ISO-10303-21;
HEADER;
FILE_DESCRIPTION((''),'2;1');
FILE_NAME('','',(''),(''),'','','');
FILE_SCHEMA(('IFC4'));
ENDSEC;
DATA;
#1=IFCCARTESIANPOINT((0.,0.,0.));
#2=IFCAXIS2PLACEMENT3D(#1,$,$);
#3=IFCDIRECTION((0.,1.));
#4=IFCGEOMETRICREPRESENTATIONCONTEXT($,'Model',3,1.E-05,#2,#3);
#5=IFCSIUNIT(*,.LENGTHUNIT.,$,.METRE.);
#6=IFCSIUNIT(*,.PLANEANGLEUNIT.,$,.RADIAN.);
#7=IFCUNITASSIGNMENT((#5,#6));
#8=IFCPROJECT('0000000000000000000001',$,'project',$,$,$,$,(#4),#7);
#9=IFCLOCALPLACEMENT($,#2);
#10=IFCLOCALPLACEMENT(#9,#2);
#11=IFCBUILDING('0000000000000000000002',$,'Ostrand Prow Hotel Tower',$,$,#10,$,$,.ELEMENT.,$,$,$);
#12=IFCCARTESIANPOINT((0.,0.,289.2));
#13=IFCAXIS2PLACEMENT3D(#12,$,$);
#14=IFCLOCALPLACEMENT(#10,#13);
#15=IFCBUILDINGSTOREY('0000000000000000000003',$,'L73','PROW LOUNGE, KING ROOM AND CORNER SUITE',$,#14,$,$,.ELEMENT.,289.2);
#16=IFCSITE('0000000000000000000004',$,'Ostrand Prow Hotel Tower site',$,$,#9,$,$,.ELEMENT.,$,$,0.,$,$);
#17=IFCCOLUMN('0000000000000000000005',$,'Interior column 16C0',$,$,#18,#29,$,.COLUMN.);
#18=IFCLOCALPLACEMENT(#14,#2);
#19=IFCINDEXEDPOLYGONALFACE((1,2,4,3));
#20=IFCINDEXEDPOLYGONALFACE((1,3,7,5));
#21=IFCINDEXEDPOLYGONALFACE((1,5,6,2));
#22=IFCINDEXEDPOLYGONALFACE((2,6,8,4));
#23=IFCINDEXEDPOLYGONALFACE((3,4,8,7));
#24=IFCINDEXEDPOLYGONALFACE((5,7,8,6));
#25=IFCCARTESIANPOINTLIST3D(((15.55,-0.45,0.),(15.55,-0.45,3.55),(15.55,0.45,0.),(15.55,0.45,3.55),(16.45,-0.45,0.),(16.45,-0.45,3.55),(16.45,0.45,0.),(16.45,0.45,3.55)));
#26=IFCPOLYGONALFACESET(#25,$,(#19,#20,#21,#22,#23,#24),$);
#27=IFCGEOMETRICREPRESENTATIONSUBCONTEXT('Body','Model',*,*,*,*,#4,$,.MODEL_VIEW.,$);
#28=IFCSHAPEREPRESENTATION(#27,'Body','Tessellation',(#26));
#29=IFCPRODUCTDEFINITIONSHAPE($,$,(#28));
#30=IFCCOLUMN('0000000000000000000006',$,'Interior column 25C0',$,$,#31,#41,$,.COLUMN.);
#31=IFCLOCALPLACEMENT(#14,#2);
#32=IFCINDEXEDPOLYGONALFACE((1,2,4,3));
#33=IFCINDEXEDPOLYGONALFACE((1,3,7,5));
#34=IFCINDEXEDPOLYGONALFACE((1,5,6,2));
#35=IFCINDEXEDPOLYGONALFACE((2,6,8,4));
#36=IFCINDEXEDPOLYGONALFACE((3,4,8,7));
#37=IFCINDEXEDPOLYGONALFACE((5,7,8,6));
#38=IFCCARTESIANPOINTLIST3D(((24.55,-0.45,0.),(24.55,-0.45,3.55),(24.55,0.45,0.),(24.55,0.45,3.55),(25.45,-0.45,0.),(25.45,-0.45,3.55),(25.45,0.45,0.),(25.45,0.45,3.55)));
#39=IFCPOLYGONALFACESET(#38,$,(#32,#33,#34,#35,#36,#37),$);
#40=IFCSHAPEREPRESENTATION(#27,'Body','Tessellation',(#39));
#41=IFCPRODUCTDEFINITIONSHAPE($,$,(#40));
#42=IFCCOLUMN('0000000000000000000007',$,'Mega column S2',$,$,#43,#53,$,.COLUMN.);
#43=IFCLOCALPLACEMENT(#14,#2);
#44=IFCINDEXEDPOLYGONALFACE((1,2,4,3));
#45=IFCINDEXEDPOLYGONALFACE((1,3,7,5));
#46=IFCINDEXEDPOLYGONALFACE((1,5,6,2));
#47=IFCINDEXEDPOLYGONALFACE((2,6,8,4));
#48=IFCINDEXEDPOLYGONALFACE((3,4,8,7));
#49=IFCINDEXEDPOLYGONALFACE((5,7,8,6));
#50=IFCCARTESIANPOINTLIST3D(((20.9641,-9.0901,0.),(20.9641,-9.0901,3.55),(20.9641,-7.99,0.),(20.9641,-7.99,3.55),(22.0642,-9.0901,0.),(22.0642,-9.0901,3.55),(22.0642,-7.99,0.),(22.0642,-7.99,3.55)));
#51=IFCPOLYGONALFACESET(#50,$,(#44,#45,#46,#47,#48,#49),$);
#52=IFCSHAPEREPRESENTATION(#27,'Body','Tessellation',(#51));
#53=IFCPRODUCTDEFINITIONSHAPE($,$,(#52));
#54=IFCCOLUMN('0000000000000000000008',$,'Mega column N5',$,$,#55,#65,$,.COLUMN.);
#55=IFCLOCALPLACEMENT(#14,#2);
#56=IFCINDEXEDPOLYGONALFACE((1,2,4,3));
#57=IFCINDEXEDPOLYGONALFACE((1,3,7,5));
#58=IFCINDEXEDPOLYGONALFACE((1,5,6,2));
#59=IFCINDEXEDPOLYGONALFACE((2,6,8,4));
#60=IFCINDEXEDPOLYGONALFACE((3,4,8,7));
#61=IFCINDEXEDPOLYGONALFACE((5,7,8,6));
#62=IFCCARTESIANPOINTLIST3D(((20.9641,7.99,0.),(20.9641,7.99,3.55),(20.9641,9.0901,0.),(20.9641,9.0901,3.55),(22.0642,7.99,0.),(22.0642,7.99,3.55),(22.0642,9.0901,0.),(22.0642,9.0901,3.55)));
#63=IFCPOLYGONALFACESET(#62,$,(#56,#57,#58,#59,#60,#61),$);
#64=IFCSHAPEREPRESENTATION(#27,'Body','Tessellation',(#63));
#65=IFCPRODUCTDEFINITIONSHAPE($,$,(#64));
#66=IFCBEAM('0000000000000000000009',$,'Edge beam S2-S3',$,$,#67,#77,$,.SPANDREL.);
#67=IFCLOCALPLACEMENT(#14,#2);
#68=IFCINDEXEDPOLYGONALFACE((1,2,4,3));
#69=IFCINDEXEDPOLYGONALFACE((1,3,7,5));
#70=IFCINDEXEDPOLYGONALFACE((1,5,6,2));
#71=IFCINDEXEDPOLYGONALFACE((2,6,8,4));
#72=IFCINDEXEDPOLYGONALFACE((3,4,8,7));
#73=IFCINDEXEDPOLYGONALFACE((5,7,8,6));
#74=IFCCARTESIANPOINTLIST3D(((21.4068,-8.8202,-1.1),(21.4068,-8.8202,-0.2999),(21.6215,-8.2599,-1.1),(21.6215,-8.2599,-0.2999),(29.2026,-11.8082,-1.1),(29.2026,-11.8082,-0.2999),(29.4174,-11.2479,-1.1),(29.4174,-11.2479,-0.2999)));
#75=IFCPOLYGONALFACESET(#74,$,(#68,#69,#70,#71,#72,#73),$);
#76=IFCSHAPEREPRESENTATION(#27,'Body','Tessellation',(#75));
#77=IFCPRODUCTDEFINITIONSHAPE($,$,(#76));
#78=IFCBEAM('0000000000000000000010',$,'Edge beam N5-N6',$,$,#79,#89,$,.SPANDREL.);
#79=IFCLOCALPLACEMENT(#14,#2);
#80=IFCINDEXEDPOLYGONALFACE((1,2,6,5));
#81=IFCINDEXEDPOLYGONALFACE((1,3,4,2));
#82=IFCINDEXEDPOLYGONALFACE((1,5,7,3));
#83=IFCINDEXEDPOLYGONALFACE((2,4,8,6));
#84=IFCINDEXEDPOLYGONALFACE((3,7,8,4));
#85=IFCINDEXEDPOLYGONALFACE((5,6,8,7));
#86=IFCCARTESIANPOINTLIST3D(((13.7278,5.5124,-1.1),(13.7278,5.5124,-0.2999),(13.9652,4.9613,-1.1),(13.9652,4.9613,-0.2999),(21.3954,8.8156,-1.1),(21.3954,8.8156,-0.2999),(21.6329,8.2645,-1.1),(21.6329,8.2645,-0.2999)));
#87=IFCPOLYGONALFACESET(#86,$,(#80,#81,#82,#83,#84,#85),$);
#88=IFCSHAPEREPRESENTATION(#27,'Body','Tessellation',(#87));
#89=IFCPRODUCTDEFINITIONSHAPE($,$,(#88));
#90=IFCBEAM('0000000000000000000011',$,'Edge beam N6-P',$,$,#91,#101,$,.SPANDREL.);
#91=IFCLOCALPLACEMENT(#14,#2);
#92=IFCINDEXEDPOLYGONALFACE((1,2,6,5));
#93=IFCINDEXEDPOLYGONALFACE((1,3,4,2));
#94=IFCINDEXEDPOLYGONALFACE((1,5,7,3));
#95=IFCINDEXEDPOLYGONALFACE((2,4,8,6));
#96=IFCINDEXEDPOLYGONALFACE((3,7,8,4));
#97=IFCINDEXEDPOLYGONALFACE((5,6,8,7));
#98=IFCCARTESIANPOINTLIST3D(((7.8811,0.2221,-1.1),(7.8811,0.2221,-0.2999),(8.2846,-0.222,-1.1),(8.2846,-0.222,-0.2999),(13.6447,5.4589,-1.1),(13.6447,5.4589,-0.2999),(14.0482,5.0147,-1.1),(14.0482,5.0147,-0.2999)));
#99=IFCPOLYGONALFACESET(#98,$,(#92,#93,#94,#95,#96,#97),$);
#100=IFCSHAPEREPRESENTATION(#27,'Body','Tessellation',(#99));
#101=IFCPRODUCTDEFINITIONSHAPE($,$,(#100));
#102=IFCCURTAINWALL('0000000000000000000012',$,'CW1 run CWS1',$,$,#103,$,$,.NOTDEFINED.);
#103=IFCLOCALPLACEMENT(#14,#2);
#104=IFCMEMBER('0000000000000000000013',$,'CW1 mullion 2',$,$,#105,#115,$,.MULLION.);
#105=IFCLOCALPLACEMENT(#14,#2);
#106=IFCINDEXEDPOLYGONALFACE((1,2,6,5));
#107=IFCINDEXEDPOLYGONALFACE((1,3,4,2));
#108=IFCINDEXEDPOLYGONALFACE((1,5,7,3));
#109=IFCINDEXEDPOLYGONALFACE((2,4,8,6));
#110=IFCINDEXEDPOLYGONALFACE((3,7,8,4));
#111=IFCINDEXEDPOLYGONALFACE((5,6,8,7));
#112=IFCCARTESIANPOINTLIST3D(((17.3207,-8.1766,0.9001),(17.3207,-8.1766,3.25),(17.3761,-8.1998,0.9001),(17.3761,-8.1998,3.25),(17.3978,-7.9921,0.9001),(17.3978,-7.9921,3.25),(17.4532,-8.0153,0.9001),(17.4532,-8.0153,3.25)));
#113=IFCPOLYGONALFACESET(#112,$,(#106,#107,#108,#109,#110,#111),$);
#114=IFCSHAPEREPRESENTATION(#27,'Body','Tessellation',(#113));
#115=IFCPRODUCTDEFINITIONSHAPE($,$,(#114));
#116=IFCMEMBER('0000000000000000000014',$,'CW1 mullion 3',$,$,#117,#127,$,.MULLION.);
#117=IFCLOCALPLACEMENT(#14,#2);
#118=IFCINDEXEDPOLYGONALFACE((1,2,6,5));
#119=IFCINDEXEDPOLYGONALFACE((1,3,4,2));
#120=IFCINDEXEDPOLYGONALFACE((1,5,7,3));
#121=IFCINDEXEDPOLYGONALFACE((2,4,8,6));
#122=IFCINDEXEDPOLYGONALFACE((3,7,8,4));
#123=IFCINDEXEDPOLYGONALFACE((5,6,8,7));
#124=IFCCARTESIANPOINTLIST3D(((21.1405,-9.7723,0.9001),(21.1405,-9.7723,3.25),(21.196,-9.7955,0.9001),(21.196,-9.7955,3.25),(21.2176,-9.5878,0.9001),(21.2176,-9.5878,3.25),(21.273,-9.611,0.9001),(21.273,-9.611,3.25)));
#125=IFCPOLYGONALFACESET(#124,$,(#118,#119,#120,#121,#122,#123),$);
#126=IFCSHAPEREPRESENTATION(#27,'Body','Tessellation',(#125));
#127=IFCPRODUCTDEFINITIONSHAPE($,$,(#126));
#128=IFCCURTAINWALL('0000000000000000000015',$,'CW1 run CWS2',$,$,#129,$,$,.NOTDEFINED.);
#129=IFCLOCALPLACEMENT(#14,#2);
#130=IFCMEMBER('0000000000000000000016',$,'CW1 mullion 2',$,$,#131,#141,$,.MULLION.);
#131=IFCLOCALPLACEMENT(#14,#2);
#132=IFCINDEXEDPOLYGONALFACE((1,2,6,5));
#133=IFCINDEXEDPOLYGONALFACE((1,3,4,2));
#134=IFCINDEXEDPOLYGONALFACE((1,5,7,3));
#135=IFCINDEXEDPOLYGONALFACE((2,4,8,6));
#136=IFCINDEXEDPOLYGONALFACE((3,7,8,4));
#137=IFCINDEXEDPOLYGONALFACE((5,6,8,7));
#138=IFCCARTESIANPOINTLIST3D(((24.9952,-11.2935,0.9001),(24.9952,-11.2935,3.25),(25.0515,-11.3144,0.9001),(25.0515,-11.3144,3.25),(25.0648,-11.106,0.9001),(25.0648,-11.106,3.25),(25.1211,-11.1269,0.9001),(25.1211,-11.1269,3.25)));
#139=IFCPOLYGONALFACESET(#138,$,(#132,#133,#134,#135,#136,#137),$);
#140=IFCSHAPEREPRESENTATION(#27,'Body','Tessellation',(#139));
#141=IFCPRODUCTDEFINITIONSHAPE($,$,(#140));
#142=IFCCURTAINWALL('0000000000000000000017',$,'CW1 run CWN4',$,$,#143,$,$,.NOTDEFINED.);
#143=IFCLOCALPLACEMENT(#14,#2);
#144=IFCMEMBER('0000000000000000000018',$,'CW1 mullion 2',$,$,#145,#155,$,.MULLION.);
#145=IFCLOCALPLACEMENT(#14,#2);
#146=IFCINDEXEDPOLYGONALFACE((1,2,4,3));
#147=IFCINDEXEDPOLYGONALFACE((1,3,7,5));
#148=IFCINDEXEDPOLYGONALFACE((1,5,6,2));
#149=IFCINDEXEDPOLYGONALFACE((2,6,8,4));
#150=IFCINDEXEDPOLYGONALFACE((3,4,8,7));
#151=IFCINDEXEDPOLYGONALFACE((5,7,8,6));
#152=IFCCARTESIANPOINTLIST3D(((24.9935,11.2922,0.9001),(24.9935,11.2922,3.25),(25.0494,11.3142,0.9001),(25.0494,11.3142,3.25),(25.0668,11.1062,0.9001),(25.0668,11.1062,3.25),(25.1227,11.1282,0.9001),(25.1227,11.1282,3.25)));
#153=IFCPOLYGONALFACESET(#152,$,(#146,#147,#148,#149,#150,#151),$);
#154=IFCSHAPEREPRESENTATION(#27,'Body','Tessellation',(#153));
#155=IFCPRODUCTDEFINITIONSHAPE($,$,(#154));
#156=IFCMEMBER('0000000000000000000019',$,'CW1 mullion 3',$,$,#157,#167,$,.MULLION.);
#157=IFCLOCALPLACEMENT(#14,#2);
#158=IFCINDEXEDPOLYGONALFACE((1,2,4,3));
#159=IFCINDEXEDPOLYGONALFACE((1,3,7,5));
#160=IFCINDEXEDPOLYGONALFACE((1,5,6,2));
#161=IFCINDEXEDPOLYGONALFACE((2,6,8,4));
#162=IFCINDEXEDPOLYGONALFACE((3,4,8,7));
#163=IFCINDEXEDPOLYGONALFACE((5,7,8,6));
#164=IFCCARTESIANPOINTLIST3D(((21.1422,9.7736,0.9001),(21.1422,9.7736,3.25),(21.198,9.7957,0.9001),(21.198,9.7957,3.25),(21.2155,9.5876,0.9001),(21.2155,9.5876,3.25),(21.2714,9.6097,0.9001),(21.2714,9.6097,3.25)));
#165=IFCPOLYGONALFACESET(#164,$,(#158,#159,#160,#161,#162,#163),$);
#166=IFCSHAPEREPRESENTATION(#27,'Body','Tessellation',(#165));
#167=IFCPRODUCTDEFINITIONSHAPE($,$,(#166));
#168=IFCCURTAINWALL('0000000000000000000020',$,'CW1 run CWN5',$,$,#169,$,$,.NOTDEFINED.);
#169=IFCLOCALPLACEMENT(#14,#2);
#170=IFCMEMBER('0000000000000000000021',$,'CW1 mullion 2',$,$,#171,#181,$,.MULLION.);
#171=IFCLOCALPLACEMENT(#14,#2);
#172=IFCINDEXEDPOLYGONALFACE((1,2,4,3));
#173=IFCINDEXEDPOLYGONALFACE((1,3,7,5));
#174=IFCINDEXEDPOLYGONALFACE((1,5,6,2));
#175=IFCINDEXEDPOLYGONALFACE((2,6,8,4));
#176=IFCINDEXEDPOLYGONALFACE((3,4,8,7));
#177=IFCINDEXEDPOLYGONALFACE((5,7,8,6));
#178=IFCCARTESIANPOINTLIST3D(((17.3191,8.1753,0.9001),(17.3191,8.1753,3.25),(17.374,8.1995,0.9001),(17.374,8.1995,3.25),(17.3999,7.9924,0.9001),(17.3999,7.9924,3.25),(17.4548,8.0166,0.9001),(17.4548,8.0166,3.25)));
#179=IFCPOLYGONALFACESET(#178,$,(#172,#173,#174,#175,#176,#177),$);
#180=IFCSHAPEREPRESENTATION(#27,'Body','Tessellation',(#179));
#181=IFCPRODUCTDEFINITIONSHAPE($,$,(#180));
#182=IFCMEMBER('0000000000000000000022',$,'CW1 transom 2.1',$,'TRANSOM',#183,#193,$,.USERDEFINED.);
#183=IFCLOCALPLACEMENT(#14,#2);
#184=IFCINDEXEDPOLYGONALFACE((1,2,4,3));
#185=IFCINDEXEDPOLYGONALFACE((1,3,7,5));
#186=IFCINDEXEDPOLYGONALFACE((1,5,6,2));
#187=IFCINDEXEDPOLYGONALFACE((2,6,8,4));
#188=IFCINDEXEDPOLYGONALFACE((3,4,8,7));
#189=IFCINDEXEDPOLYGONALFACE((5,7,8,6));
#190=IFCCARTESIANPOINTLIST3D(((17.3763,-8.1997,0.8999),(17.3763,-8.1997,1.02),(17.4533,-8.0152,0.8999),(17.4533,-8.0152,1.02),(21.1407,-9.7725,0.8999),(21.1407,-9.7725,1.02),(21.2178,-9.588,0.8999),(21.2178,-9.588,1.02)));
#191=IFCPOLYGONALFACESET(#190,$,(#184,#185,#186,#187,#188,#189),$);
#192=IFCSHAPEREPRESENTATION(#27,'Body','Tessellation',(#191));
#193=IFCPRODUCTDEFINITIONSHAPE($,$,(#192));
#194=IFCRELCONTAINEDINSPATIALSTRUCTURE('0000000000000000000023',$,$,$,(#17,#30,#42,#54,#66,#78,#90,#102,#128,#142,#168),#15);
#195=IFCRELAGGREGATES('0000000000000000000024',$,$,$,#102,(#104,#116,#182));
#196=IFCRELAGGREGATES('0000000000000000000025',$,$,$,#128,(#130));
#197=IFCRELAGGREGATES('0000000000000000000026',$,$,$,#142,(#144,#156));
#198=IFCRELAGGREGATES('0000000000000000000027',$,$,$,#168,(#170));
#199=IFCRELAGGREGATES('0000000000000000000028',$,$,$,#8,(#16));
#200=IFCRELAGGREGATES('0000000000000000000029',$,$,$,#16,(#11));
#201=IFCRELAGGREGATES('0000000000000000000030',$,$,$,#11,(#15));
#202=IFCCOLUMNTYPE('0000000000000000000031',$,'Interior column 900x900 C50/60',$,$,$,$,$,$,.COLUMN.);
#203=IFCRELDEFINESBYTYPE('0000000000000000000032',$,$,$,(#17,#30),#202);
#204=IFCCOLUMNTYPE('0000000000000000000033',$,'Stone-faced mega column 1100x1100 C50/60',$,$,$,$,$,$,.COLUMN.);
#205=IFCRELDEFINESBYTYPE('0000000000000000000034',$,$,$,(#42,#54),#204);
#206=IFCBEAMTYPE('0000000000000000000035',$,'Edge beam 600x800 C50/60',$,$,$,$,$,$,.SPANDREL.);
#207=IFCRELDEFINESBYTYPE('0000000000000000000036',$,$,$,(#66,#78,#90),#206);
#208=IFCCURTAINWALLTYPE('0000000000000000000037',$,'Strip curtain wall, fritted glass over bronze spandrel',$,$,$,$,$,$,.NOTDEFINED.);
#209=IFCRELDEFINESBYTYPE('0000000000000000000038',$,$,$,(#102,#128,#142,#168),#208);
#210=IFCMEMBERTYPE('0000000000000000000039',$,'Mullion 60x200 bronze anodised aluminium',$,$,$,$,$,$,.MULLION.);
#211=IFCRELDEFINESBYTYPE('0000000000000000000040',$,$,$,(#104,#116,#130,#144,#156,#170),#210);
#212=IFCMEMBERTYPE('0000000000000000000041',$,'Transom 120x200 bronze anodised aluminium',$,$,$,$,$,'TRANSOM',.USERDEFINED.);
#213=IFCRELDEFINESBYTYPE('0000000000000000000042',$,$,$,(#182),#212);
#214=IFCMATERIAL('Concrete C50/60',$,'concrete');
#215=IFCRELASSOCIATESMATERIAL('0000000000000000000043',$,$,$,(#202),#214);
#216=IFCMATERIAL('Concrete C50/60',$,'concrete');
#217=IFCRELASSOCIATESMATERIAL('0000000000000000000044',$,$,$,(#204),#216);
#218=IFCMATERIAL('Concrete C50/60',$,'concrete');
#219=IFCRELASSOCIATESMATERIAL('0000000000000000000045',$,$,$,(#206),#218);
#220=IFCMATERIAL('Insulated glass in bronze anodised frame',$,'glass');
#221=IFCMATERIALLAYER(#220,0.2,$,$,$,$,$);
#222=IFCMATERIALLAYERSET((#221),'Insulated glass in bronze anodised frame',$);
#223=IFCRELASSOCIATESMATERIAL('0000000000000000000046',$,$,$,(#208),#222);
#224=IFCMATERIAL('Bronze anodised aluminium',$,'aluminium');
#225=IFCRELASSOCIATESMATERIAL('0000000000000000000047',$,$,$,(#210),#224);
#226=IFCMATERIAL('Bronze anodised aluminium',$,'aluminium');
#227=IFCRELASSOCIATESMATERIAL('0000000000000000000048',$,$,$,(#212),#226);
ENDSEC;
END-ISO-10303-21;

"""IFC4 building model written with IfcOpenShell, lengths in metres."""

from ifc_helpers import new_model, si_unit, direction, frame, origin, origin_2d, place, context, subcontext, project, spatial, rectangle, extrude, material, layer, layer_set, material_profile, profile_set, type_object, element, aggregate, save


model = new_model("IFC4")

# Units and contexts
model_context = context("Model", 3, precision=1e-05, world=origin(), true_north=direction((0.0, 1.0)))
body_context = subcontext(model_context, "Body", "Model", "MODEL_VIEW")
ifc_project = project(units=[si_unit("LENGTHUNIT", "METRE"), si_unit("PLANEANGLEUNIT", "RADIAN")], contexts=[model_context])

# Site, building, storey
site_placement = place(None, origin())
site = spatial("IfcSite", under=ifc_project, at=site_placement, Name="Ostrand Prow Hotel Tower site", CompositionType="ELEMENT", RefElevation=0.0)
building_placement = place(site_placement, origin())
building = spatial("IfcBuilding", under=site, at=building_placement, Name="Ostrand Prow Hotel Tower", CompositionType="ELEMENT")
storey_placement = place(building_placement, frame((0.0, 0.0, 289.2)))
storey = spatial("IfcBuildingStorey", under=building, at=storey_placement, Name="L73", Description="PROW LOUNGE, KING ROOM AND CORNER SUITE", CompositionType="ELEMENT", Elevation=289.2)

# Columns
ifc_material_1 = material(Name="Concrete C50/60", Category="concrete")
ifc_material_profile_1 = material_profile(ifc_material_1, rectangle(XDim=0.8999, YDim=0.8999, at=origin_2d()), Name="RC 900x900")
ifc_profile_set_1 = profile_set([ifc_material_profile_1], Name="Concrete C50/60")
column_type_1 = type_object("IfcColumnType", Name="Interior column 900x900 C50/60", PredefinedType="COLUMN", material=ifc_profile_set_1)
for number, where, z_axis, x_axis, name in (
    (1, (16.0, 0.0, 0.0), (0.0, 0.0, 1.0), (1.0, 0.0, 0.0), "Interior column 16C0"),
    (2, (25.0, 0.0, 0.0), (0.0, 0.0, 1.0), (1.0, 0.0, 0.0), "Interior column 25C0"),
):
    element("IfcColumn", number, at=place(storey_placement, frame(where, z_axis=z_axis, x_axis=x_axis)), inside=storey, type_object=column_type_1, Name=name, PredefinedType="COLUMN", context=body_context, shape_type="SweptSolid", body=[
        extrude(rectangle(XDim=0.8999, YDim=0.8999, at=origin_2d()), origin(), (0.0, 0.0, 1.0), 3.55),
    ])
ifc_material_2 = material(Name="Concrete C50/60", Category="concrete")
ifc_material_profile_2 = material_profile(ifc_material_2, rectangle(XDim=1.1001, YDim=1.1001, at=origin_2d()), Name="RC 1100x1100")
ifc_profile_set_2 = profile_set([ifc_material_profile_2], Name="Concrete C50/60")
column_type_2 = type_object("IfcColumnType", Name="Stone-faced mega column 1100x1100 C50/60", PredefinedType="COLUMN", material=ifc_profile_set_2)
for number, where, z_axis, x_axis, name in (
    (3, (21.5142, -8.54, 0.0), (0.0, 0.0, 1.0), (1.0, 0.0, 0.0), "Mega column S2"),
    (4, (21.5142, 8.54, 0.0), (0.0, 0.0, 1.0), (1.0, 0.0, 0.0), "Mega column N5"),
):
    element("IfcColumn", number, at=place(storey_placement, frame(where, z_axis=z_axis, x_axis=x_axis)), inside=storey, type_object=column_type_2, Name=name, PredefinedType="COLUMN", context=body_context, shape_type="SweptSolid", body=[
        extrude(rectangle(XDim=1.1001, YDim=1.1001, at=origin_2d()), origin(), (0.0, 0.0, 1.0), 3.55),
    ])

# Beams
ifc_material_3 = material(Name="Concrete C50/60", Category="concrete")
ifc_material_profile_3 = material_profile(ifc_material_3, rectangle(XDim=0.6001, YDim=0.8, at=origin_2d()), Name="RC 600x800")
ifc_profile_set_3 = profile_set([ifc_material_profile_3], Name="Concrete C50/60")
beam_type = type_object("IfcBeamType", Name="Edge beam 600x800 C50/60", PredefinedType="SPANDREL", material=ifc_profile_set_3)
for number, where, z_axis, x_axis, name in (
    (5, (21.5142, -8.54, -0.7), (0.933762, -0.357895, 0.0), (0.357895, 0.933762, 0.0), "Edge beam S2-S3"),
    (6, (21.5142, 8.54, -0.7), (-0.918404, -0.395644, 0.0), (0.395644, -0.918404, 0.0), "Edge beam N5-N6"),
):
    element("IfcBeam", number, at=place(storey_placement, frame(where, z_axis=z_axis, x_axis=x_axis)), inside=storey, type_object=beam_type, Name=name, PredefinedType="SPANDREL", context=body_context, shape_type="SweptSolid", body=[
        extrude(rectangle(XDim=0.6001, YDim=0.8, at=origin_2d()), origin(), (0.0, 0.0, 1.0), 8.3489),
    ])
beam_placement = place(storey_placement, frame((13.8464, 5.2368, -0.7), z_axis=(-0.740124, -0.67247, 0.0), x_axis=(0.67247, -0.740124, 0.0)))
element("IfcBeam", 7, at=beam_placement, inside=storey, type_object=beam_type, Name="Edge beam N6-P", PredefinedType="SPANDREL", context=body_context, shape_type="SweptSolid", body=[
    extrude(rectangle(XDim=0.6001, YDim=0.8, at=origin_2d()), origin(), (0.0, 0.0, 1.0), 7.7874),
])

# Curtain wall, members
ifc_material_4 = material(Name="Insulated glass in bronze anodised frame", Category="glass")
ifc_layer_1 = layer(ifc_material_4, 0.2)
ifc_layer_set_1 = layer_set([ifc_layer_1], Name="Insulated glass in bronze anodised frame")
curtain_wall_type = type_object("IfcCurtainWallType", Name="Strip curtain wall, fritted glass over bronze spandrel", PredefinedType="NOTDEFINED", material=ifc_layer_set_1)
curtain_wall_1_placement = place(storey_placement, origin())
curtain_wall_1 = element("IfcCurtainWall", 8, at=curtain_wall_1_placement, inside=storey, type_object=curtain_wall_type, Name="CW1 run CWS1", PredefinedType="NOTDEFINED")
ifc_material_5 = material(Name="Bronze anodised aluminium", Category="aluminium")
ifc_material_profile_4 = material_profile(ifc_material_5, rectangle(XDim=0.2, YDim=0.0601, at=origin_2d()), Name="Mullion 60x200 bronze anodised aluminium")
ifc_profile_set_4 = profile_set([ifc_material_profile_4], Name="Bronze anodised aluminium")
member_type_1 = type_object("IfcMemberType", Name="Mullion 60x200 bronze anodised aluminium", PredefinedType="MULLION", material=ifc_profile_set_4)
member_1_placement = place(storey_placement, frame((17.387, -8.0959, 0.9001), z_axis=(0.0, 0.0, 1.0), x_axis=(0.385471, 0.92272, 0.0)))
member_1 = element("IfcMember", 9, at=member_1_placement, type_object=member_type_1, Name="CW1 mullion 2", PredefinedType="MULLION", context=body_context, shape_type="SweptSolid", body=[
    extrude(rectangle(XDim=0.2, YDim=0.0601, at=origin_2d()), origin(), (0.0, 0.0, 1.0), 2.3499),
])
member_2_placement = place(storey_placement, frame((21.2068, -9.6917, 0.9001), z_axis=(0.0, 0.0, 1.0), x_axis=(0.385471, 0.92272, 0.0)))
member_2 = element("IfcMember", 10, at=member_2_placement, type_object=member_type_1, Name="CW1 mullion 3", PredefinedType="MULLION", context=body_context, shape_type="SweptSolid", body=[
    extrude(rectangle(XDim=0.2, YDim=0.0601, at=origin_2d()), origin(), (0.0, 0.0, 1.0), 2.3499),
])

# Curtain wall, member
curtain_wall_2_placement = place(storey_placement, origin())
curtain_wall_2 = element("IfcCurtainWall", 11, at=curtain_wall_2_placement, inside=storey, type_object=curtain_wall_type, Name="CW1 run CWS2", PredefinedType="NOTDEFINED")
member_3_placement = place(storey_placement, frame((25.0581, -11.2102, 0.9001), z_axis=(0.0, 0.0, 1.0), x_axis=(0.348071, 0.937468, 0.0)))
member_3 = element("IfcMember", 12, at=member_3_placement, type_object=member_type_1, Name="CW1 mullion 2", PredefinedType="MULLION", context=body_context, shape_type="SweptSolid", body=[
    extrude(rectangle(XDim=0.2, YDim=0.0601, at=origin_2d()), origin(), (0.0, 0.0, 1.0), 2.3499),
])

# Curtain wall, members
curtain_wall_3_placement = place(storey_placement, origin())
curtain_wall_3 = element("IfcCurtainWall", 13, at=curtain_wall_3_placement, inside=storey, type_object=curtain_wall_type, Name="CW1 run CWN4", PredefinedType="NOTDEFINED")
member_4_placement = place(storey_placement, frame((25.0581, 11.2102, 0.9001), z_axis=(0.0, 0.0, 1.0), x_axis=(0.366845, -0.930282, 0.0)))
member_4 = element("IfcMember", 14, at=member_4_placement, type_object=member_type_1, Name="CW1 mullion 2", PredefinedType="MULLION", context=body_context, shape_type="SweptSolid", body=[
    extrude(rectangle(XDim=0.2, YDim=0.0601, at=origin_2d()), origin(), (0.0, 0.0, 1.0), 2.3499),
])
member_5_placement = place(storey_placement, frame((21.2068, 9.6917, 0.9001), z_axis=(0.0, 0.0, 1.0), x_axis=(0.366845, -0.930282, 0.0)))
member_5 = element("IfcMember", 15, at=member_5_placement, type_object=member_type_1, Name="CW1 mullion 3", PredefinedType="MULLION", context=body_context, shape_type="SweptSolid", body=[
    extrude(rectangle(XDim=0.2, YDim=0.0601, at=origin_2d()), origin(), (0.0, 0.0, 1.0), 2.3499),
])

# Curtain wall, member
curtain_wall_4_placement = place(storey_placement, origin())
curtain_wall_4 = element("IfcCurtainWall", 16, at=curtain_wall_4_placement, inside=storey, type_object=curtain_wall_type, Name="CW1 run CWN5", PredefinedType="NOTDEFINED")
member_6_placement = place(storey_placement, frame((17.387, 8.0959, 0.9001), z_axis=(0.0, 0.0, 1.0), x_axis=(0.40394, -0.914786, 0.0)))
member_6 = element("IfcMember", 17, at=member_6_placement, type_object=member_type_1, Name="CW1 mullion 2", PredefinedType="MULLION", context=body_context, shape_type="SweptSolid", body=[
    extrude(rectangle(XDim=0.2, YDim=0.0601, at=origin_2d()), origin(), (0.0, 0.0, 1.0), 2.3499),
])

# Member
ifc_material_6 = material(Name="Bronze anodised aluminium", Category="aluminium")
ifc_material_profile_5 = material_profile(ifc_material_6, rectangle(XDim=0.2, YDim=0.1201, at=origin_2d()), Name="Transom 120x200 bronze anodised aluminium")
ifc_profile_set_5 = profile_set([ifc_material_profile_5], Name="Bronze anodised aluminium")
member_type_2 = type_object("IfcMemberType", Name="Transom 120x200 bronze anodised aluminium", ElementType="TRANSOM", PredefinedType="USERDEFINED", material=ifc_profile_set_5)
member_7_placement = place(storey_placement, frame((17.4148, -8.1074, 0.96), z_axis=(0.922706, -0.385503, 0.0), x_axis=(0.385503, 0.922706, 0.0)))
member_7 = element("IfcMember", 18, at=member_7_placement, type_object=member_type_2, Name="CW1 transom 2.1", ObjectType="TRANSOM", PredefinedType="USERDEFINED", context=body_context, shape_type="SweptSolid", body=[
    extrude(rectangle(XDim=0.2, YDim=0.1201, at=origin_2d()), origin(), (0.0, 0.0, 1.0), 4.0798),
])

aggregate(curtain_wall_1, [member_1, member_2, member_7])
aggregate(curtain_wall_2, [member_3])
aggregate(curtain_wall_3, [member_4, member_5])
aggregate(curtain_wall_4, [member_6])

save(model, "model.ifc")
